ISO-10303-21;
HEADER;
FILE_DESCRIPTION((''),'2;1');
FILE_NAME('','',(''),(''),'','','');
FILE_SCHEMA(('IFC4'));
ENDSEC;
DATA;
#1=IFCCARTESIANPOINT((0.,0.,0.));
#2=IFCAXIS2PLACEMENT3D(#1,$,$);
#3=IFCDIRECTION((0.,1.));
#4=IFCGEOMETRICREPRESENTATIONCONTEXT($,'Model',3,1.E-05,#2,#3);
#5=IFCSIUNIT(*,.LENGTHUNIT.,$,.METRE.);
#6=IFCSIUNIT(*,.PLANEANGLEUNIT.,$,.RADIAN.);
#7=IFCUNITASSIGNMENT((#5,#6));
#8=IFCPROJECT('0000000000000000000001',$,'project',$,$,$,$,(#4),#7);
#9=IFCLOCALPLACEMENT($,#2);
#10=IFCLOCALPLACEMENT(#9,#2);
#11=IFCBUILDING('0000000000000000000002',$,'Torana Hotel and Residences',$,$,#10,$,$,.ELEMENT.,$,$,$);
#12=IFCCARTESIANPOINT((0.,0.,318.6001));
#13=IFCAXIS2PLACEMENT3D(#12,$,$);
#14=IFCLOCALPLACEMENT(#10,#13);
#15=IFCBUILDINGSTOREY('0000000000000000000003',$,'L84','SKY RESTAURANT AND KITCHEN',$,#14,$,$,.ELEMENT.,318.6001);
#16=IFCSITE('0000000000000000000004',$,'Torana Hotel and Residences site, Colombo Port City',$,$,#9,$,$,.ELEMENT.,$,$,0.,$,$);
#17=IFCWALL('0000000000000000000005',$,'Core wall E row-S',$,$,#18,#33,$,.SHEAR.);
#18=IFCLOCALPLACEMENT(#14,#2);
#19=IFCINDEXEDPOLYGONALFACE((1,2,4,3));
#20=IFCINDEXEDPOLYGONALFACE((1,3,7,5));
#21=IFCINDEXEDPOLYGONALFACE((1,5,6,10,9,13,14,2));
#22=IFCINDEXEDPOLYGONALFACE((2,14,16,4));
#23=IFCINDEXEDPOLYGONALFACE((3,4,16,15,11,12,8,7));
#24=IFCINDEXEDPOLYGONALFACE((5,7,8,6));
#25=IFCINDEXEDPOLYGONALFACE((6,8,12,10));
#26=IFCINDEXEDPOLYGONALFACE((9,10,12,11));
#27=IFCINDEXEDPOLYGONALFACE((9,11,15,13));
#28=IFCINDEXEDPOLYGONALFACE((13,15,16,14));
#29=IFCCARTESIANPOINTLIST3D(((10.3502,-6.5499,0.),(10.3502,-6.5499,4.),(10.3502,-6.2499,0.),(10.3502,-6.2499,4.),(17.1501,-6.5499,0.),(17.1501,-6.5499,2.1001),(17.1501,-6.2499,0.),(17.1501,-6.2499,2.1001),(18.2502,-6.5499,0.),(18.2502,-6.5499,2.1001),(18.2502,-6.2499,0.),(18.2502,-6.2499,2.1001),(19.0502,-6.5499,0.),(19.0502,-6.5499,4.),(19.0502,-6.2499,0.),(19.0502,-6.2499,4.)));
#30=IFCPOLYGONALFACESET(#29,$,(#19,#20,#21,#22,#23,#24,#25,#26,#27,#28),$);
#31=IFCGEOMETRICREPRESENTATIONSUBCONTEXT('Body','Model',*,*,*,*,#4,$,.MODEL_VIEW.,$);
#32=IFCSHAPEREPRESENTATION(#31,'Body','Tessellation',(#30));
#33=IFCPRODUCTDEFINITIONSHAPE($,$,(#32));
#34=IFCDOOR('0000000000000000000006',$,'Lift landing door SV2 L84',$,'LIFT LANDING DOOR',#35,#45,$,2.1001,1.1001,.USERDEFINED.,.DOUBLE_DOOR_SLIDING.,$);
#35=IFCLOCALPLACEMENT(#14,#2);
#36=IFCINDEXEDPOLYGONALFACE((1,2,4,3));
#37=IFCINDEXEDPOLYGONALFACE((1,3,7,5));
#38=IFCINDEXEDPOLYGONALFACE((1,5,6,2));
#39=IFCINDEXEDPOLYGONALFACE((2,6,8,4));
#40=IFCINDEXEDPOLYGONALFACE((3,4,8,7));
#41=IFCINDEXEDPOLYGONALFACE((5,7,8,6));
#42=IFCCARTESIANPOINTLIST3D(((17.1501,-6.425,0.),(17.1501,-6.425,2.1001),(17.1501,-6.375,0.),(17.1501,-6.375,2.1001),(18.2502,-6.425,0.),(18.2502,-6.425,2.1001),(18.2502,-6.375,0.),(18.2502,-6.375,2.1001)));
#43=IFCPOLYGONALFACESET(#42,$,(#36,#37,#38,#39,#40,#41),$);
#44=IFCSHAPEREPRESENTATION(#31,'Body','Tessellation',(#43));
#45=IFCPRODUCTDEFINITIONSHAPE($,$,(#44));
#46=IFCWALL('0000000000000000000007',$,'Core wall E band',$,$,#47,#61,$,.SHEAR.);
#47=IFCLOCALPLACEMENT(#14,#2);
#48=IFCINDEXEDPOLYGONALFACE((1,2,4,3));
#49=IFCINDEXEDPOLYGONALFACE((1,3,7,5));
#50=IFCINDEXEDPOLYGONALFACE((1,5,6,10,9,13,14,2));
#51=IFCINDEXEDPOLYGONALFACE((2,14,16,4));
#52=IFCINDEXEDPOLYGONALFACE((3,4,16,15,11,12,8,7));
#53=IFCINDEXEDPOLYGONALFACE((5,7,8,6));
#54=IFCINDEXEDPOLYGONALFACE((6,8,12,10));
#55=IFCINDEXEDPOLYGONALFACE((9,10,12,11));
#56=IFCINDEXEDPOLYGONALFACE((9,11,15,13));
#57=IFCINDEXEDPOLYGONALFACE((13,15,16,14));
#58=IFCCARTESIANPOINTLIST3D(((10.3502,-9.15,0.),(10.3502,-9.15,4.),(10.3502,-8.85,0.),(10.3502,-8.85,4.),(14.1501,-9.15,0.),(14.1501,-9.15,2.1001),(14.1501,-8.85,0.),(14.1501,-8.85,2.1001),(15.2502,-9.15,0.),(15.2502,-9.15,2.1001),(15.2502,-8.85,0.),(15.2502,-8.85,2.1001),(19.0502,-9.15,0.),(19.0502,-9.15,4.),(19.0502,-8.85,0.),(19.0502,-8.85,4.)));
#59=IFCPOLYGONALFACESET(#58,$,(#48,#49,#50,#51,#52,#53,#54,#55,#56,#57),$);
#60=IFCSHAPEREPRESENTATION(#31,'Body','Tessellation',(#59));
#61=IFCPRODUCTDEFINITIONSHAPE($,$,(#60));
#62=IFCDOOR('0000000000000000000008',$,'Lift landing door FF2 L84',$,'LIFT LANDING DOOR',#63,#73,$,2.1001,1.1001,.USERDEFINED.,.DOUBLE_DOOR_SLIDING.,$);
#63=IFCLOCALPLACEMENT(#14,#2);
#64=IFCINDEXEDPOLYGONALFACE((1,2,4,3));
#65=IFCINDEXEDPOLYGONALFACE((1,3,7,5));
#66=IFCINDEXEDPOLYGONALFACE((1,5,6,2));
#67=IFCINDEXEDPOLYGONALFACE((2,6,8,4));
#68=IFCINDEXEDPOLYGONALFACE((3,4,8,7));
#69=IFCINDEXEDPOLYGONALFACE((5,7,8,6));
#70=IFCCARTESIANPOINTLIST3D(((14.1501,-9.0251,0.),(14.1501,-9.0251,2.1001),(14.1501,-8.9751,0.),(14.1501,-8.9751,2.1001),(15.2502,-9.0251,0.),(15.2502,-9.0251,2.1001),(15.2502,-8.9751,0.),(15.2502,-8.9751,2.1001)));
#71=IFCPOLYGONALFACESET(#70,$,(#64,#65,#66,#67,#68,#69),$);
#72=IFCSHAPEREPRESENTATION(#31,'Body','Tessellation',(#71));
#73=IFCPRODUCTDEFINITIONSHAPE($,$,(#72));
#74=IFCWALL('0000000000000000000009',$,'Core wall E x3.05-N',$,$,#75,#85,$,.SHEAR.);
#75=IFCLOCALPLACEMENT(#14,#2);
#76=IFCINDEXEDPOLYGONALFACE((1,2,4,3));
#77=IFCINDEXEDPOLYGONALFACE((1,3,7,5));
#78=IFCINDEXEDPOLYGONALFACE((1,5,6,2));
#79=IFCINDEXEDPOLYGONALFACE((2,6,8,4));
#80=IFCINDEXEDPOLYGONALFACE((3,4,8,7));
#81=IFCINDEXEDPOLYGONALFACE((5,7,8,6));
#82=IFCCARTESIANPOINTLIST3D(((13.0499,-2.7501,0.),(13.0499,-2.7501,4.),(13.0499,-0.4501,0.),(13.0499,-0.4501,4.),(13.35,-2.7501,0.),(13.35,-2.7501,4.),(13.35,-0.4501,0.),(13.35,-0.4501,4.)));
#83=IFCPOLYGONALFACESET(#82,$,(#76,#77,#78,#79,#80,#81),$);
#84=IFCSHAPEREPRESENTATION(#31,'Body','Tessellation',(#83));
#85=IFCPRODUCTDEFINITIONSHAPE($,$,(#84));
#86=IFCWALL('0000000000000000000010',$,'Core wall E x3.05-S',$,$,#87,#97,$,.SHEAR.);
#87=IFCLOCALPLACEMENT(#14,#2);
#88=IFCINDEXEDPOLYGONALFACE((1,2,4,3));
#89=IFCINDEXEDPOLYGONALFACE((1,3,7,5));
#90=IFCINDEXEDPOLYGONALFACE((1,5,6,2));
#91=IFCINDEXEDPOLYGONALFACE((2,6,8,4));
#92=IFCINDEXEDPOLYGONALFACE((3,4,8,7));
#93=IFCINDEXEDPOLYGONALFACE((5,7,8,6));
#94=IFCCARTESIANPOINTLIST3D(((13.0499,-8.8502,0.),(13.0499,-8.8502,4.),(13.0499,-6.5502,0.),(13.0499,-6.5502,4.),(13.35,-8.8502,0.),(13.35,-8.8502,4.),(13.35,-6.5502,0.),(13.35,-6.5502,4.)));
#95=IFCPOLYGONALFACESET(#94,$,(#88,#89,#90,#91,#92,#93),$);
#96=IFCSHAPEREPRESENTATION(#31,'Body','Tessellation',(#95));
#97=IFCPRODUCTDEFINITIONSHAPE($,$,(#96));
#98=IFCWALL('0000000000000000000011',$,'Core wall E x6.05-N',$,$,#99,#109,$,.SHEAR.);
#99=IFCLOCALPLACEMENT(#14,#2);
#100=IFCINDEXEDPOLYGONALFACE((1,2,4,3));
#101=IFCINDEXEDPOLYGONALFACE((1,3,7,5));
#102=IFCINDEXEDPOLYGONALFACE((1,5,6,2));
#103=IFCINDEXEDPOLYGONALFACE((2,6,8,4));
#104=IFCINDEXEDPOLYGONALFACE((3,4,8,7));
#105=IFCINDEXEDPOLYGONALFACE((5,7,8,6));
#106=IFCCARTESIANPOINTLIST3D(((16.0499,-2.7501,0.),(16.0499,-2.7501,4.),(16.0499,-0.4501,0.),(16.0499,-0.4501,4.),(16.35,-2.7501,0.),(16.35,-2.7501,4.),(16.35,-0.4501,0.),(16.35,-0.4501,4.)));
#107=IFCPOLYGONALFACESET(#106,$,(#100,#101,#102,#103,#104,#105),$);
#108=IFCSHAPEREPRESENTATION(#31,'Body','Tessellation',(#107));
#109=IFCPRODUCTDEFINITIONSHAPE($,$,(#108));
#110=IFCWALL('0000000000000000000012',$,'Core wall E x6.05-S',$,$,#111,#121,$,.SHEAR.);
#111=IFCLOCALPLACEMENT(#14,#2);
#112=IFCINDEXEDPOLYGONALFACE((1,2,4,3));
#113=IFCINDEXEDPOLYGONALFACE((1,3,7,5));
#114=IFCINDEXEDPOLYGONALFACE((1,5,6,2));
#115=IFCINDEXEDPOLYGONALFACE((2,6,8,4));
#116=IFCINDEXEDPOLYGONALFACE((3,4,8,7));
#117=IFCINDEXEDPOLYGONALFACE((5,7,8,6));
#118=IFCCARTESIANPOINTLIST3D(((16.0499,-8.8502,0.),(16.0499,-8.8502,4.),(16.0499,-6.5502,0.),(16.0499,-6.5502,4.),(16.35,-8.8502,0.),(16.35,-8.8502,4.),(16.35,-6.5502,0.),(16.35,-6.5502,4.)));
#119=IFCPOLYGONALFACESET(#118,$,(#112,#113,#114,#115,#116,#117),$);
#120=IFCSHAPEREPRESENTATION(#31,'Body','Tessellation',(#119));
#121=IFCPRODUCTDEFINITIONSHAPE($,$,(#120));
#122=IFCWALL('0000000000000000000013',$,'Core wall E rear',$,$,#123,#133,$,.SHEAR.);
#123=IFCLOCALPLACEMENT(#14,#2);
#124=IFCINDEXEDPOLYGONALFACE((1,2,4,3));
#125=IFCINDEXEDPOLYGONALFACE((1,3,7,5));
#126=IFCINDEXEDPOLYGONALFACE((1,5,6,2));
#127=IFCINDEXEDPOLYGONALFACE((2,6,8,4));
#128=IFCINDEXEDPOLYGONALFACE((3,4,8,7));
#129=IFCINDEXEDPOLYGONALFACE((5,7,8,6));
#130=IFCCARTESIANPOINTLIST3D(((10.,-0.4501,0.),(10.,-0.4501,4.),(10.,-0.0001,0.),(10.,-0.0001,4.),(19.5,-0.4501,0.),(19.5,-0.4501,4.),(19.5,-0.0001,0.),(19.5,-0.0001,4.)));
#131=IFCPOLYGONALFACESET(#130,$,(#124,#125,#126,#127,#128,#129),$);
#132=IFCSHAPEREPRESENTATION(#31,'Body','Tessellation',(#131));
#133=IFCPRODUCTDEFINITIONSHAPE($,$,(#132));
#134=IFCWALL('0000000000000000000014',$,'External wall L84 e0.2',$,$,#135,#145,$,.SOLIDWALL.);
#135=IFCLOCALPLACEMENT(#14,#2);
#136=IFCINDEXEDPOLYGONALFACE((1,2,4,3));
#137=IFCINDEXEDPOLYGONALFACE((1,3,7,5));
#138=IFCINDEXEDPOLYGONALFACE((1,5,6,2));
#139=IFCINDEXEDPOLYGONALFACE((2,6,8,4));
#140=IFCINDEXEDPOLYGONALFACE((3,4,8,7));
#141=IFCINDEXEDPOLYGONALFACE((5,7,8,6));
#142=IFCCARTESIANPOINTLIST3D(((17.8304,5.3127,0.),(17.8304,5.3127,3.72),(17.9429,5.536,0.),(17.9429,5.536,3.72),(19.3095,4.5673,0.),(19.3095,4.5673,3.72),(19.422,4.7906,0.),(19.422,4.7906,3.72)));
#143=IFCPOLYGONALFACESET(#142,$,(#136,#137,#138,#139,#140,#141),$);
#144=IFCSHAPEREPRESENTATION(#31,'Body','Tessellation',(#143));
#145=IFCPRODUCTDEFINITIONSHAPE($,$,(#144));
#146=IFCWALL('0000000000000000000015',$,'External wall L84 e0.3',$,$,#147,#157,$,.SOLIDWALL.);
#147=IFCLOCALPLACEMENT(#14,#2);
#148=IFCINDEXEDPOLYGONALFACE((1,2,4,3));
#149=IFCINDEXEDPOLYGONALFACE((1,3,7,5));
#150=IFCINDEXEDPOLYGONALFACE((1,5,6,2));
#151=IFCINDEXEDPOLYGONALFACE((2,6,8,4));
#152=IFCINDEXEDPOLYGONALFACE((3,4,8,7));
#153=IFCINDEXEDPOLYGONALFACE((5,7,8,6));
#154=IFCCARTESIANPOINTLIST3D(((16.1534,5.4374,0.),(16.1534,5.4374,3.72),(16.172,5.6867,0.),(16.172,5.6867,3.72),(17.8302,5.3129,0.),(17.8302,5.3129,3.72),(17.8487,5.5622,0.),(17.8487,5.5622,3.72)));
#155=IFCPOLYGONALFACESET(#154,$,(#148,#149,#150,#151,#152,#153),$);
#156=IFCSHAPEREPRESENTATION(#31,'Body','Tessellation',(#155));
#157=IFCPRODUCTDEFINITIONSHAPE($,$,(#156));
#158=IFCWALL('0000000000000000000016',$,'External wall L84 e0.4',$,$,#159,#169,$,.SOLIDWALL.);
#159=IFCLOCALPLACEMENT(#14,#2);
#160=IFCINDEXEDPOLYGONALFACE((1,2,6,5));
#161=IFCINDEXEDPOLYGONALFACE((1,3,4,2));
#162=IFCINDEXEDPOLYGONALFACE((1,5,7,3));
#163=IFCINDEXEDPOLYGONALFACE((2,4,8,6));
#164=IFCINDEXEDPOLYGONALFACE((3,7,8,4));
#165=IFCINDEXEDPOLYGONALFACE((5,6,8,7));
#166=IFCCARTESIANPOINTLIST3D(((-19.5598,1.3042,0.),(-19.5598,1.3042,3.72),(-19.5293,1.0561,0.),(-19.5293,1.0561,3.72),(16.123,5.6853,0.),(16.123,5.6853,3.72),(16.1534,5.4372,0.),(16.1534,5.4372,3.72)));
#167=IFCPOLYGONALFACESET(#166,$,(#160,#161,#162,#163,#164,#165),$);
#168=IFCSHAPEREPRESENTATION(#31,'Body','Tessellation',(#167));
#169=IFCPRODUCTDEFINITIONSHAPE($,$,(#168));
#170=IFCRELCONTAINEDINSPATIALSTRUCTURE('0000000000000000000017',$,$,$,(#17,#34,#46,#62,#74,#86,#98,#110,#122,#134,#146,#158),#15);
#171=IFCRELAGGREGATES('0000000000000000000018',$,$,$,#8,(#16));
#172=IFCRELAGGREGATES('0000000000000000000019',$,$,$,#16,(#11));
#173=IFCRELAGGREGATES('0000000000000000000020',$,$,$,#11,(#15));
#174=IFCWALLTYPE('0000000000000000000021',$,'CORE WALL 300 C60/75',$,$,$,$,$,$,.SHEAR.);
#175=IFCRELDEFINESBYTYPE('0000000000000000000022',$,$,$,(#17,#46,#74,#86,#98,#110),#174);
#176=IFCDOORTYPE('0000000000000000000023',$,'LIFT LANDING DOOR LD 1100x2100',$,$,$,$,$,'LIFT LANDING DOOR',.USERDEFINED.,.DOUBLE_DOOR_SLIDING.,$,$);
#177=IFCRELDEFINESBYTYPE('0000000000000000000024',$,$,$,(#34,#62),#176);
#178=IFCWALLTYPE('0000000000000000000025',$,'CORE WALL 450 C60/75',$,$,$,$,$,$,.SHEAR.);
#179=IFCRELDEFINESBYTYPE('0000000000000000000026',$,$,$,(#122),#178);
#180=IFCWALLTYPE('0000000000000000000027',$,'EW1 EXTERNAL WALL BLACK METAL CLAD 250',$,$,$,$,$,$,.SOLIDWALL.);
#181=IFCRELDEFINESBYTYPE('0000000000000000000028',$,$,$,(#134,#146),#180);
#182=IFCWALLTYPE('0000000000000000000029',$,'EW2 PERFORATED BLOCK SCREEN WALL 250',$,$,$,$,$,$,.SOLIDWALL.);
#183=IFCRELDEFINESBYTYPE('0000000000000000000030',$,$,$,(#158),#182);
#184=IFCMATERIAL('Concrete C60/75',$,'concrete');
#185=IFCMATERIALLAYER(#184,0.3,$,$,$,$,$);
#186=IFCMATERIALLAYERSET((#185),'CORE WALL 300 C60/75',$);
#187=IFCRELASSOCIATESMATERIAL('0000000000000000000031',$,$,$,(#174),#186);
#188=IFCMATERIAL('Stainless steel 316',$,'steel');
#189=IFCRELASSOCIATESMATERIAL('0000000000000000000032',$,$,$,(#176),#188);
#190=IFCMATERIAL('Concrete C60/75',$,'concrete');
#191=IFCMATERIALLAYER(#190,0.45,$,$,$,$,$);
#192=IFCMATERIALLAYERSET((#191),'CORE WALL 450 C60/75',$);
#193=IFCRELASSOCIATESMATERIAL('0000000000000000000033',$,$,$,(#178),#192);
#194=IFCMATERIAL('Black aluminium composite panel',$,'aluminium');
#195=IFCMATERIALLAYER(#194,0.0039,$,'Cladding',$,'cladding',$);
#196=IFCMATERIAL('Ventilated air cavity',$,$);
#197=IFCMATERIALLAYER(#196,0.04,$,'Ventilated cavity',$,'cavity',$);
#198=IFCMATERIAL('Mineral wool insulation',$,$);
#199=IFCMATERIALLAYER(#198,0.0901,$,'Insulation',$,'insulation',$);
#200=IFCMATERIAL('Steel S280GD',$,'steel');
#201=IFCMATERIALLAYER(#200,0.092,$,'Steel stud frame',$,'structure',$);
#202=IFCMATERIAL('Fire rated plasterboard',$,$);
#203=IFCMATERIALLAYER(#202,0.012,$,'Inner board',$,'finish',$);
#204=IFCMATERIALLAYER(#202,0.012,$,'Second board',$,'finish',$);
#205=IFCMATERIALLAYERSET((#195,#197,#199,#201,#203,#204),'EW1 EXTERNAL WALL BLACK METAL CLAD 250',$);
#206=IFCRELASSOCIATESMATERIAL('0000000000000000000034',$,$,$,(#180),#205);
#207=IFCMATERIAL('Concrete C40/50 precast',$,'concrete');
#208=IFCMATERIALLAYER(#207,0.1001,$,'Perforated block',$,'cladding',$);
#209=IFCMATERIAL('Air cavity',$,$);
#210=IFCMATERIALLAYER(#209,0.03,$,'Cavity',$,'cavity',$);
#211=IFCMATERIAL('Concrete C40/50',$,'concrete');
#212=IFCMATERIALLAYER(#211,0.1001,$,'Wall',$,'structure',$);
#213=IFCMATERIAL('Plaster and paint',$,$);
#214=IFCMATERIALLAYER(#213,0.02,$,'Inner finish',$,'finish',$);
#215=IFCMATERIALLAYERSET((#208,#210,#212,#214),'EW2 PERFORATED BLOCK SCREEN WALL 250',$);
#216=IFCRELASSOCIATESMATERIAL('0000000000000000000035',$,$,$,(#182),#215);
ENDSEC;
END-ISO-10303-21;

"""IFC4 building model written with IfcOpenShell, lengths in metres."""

from ifc_helpers import new_model, si_unit, direction, frame, frame_2d, origin, place, context, subcontext, project, spatial, rectangle, extrude, material, layer, layer_set, type_object, element, fill, save


model = new_model("IFC4")

# Units and contexts
model_context = context("Model", 3, precision=1e-05, world=origin(), true_north=direction((0.0, 1.0)))
body_context = subcontext(model_context, "Body", "Model", "MODEL_VIEW")
ifc_project = project(units=[si_unit("LENGTHUNIT", "METRE"), si_unit("PLANEANGLEUNIT", "RADIAN")], contexts=[model_context])

# Site, building, storey
site_placement = place(None, origin())
site = spatial("IfcSite", under=ifc_project, at=site_placement, Name="Torana Hotel and Residences site, Colombo Port City", CompositionType="ELEMENT", RefElevation=0.0)
building_placement = place(site_placement, origin())
building = spatial("IfcBuilding", under=site, at=building_placement, Name="Torana Hotel and Residences", CompositionType="ELEMENT")
storey_placement = place(building_placement, frame((0.0, 0.0, 318.6001)))
storey = spatial("IfcBuildingStorey", under=building, at=storey_placement, Name="L84", Description="SKY RESTAURANT AND KITCHEN", CompositionType="ELEMENT", Elevation=318.6001)

# Shared definitions
ifc_material_1 = material(Name="Concrete C60/75", Category="concrete")
ifc_layer_1 = layer(ifc_material_1, 0.3)
ifc_layer_set_1 = layer_set([ifc_layer_1], Name="CORE WALL 300 C60/75")
wall_type_1 = type_object("IfcWallType", Name="CORE WALL 300 C60/75", PredefinedType="SHEAR", material=ifc_layer_set_1)
ifc_material_2 = material(Name="Stainless steel 316", Category="steel")
door_type_1 = type_object("IfcDoorType", Name="LIFT LANDING DOOR LD 1100x2100", ElementType="LIFT LANDING DOOR", OperationType="DOUBLE_DOOR_SLIDING", PredefinedType="USERDEFINED", material=ifc_material_2)

# Walls, openings, doors
wall_1_placement = place(storey_placement, frame((10.3501, -6.3999, 0.0), z_axis=(0.0, 0.0, 1.0), x_axis=(1.0, 0.0, 0.0)))
wall_1 = element("IfcWall", 1, at=wall_1_placement, inside=storey, type_object=wall_type_1, Name="Core wall E row-S", PredefinedType="SHEAR", context=body_context, shape_type="SweptSolid", body=[
    extrude(rectangle(XDim=8.7, YDim=0.3, at=frame_2d((4.3501, 0.0))), origin(), (0.0, 0.0, 1.0), 4.0),
])
opening_1_placement = place(wall_1_placement, frame((6.8, 0.0, 0.0)))
opening_1 = element("IfcOpeningElement", 2, at=opening_1_placement, cuts=wall_1, PredefinedType="OPENING", context=body_context, shape_type="SweptSolid", body=[
    extrude(rectangle(XDim=1.1001, YDim=2.1001, at=frame_2d((0.55, 1.05))), frame((0.0, 0.1599, 0.0), z_axis=(0.0, -1.0, 0.0), x_axis=(1.0, 0.0, 0.0)), (0.0, 0.0, 1.0), 0.3201),
])
door_1_placement = place(opening_1_placement, origin())
door_1 = element("IfcDoor", 3, at=door_1_placement, inside=storey, type_object=door_type_1, Name="Lift landing door SV2 L84", ObjectType="LIFT LANDING DOOR", OperationType="DOUBLE_DOOR_SLIDING", OverallHeight=2.1001, OverallWidth=1.1001, PredefinedType="USERDEFINED", context=body_context, shape_type="SweptSolid", body=[
    extrude(rectangle(XDim=1.1001, YDim=2.1001, at=frame_2d((0.55, 1.05))), frame((0.0, 0.0249, 0.0), z_axis=(0.0, -1.0, 0.0), x_axis=(1.0, 0.0, 0.0)), (0.0, 0.0, 1.0), 0.05),
])
fill(opening_1, door_1)
wall_2_placement = place(storey_placement, frame((10.3501, -9.0, 0.0), z_axis=(0.0, 0.0, 1.0), x_axis=(1.0, 0.0, 0.0)))
wall_2 = element("IfcWall", 4, at=wall_2_placement, inside=storey, type_object=wall_type_1, Name="Core wall E band", PredefinedType="SHEAR", context=body_context, shape_type="SweptSolid", body=[
    extrude(rectangle(XDim=8.7, YDim=0.3, at=frame_2d((4.3501, 0.0))), origin(), (0.0, 0.0, 1.0), 4.0),
])
opening_2_placement = place(wall_2_placement, frame((3.8, 0.0, 0.0)))
opening_2 = element("IfcOpeningElement", 5, at=opening_2_placement, cuts=wall_2, PredefinedType="OPENING", context=body_context, shape_type="SweptSolid", body=[
    extrude(rectangle(XDim=1.1001, YDim=2.1001, at=frame_2d((0.55, 1.05))), frame((0.0, 0.1599, 0.0), z_axis=(0.0, -1.0, 0.0), x_axis=(1.0, 0.0, 0.0)), (0.0, 0.0, 1.0), 0.3201),
])
door_2_placement = place(opening_2_placement, origin())
door_2 = element("IfcDoor", 6, at=door_2_placement, inside=storey, type_object=door_type_1, Name="Lift landing door FF2 L84", ObjectType="LIFT LANDING DOOR", OperationType="DOUBLE_DOOR_SLIDING", OverallHeight=2.1001, OverallWidth=1.1001, PredefinedType="USERDEFINED", context=body_context, shape_type="SweptSolid", body=[
    extrude(rectangle(XDim=1.1001, YDim=2.1001, at=frame_2d((0.55, 1.05))), frame((0.0, 0.0249, 0.0), z_axis=(0.0, -1.0, 0.0), x_axis=(1.0, 0.0, 0.0)), (0.0, 0.0, 1.0), 0.05),
])
fill(opening_2, door_2)

# Walls
for number, where, z_axis, x_axis, name in (
    (7, (13.2, -2.75, 0.0), (0.0, 0.0, 1.0), (0.0, 1.0, 0.0), "Core wall E x3.05-N"),
    (8, (13.2, -8.8501, 0.0), (0.0, 0.0, 1.0), (0.0, 1.0, 0.0), "Core wall E x3.05-S"),
    (9, (16.2, -2.75, 0.0), (0.0, 0.0, 1.0), (0.0, 1.0, 0.0), "Core wall E x6.05-N"),
    (10, (16.2, -8.8501, 0.0), (0.0, 0.0, 1.0), (0.0, 1.0, 0.0), "Core wall E x6.05-S"),
):
    element("IfcWall", number, at=place(storey_placement, frame(where, z_axis=z_axis, x_axis=x_axis)), inside=storey, type_object=wall_type_1, Name=name, PredefinedType="SHEAR", context=body_context, shape_type="SweptSolid", body=[
        extrude(rectangle(XDim=2.3, YDim=0.3, at=frame_2d((1.1499, 0.0))), origin(), (0.0, 0.0, 1.0), 4.0),
    ])
ifc_material_3 = material(Name="Concrete C60/75", Category="concrete")
ifc_layer_2 = layer(ifc_material_3, 0.45)
ifc_layer_set_2 = layer_set([ifc_layer_2], Name="CORE WALL 450 C60/75")
wall_type_2 = type_object("IfcWallType", Name="CORE WALL 450 C60/75", PredefinedType="SHEAR", material=ifc_layer_set_2)
wall_3_placement = place(storey_placement, frame((10.0, -0.2251, 0.0), z_axis=(0.0, 0.0, 1.0), x_axis=(1.0, 0.0, 0.0)))
element("IfcWall", 11, at=wall_3_placement, inside=storey, type_object=wall_type_2, Name="Core wall E rear", PredefinedType="SHEAR", context=body_context, shape_type="SweptSolid", body=[
    extrude(rectangle(XDim=9.5, YDim=0.45, at=frame_2d((4.75, 0.0))), origin(), (0.0, 0.0, 1.0), 4.0),
])
ifc_material_4 = material(Name="Black aluminium composite panel", Category="aluminium")
ifc_layer_3 = layer(ifc_material_4, 0.0039, Name="Cladding", Category="cladding")
ifc_material_5 = material(Name="Ventilated air cavity")
ifc_layer_4 = layer(ifc_material_5, 0.04, Name="Ventilated cavity", Category="cavity")
ifc_material_6 = material(Name="Mineral wool insulation")
ifc_layer_5 = layer(ifc_material_6, 0.0901, Name="Insulation", Category="insulation")
ifc_material_7 = material(Name="Steel S280GD", Category="steel")
ifc_layer_6 = layer(ifc_material_7, 0.092, Name="Steel stud frame", Category="structure")
ifc_material_8 = material(Name="Fire rated plasterboard")
ifc_layer_7 = layer(ifc_material_8, 0.012, Name="Inner board", Category="finish")
ifc_layer_8 = layer(ifc_material_8, 0.012, Name="Second board", Category="finish")
ifc_layer_set_3 = layer_set([ifc_layer_3, ifc_layer_4, ifc_layer_5, ifc_layer_6, ifc_layer_7, ifc_layer_8], Name="EW1 EXTERNAL WALL BLACK METAL CLAD 250")
wall_type_3 = type_object("IfcWallType", Name="EW1 EXTERNAL WALL BLACK METAL CLAD 250", PredefinedType="SOLIDWALL", material=ifc_layer_set_3)
wall_4_placement = place(storey_placement, frame((19.3657, 4.679, 0.0), z_axis=(0.0, 0.0, 1.0), x_axis=(-0.893008, 0.450042, 0.0)))
element("IfcWall", 12, at=wall_4_placement, inside=storey, type_object=wall_type_3, Name="External wall L84 e0.2", PredefinedType="SOLIDWALL", context=body_context, shape_type="SweptSolid", body=[
    extrude(rectangle(XDim=1.6562, YDim=0.25, at=frame_2d((0.8281, 0.0))), origin(), (0.0, 0.0, 1.0), 3.72),
])
wall_5_placement = place(storey_placement, frame((17.8396, 5.4375, 0.0), z_axis=(0.0, 0.0, 1.0), x_axis=(-0.997254, 0.074054, 0.0)))
element("IfcWall", 13, at=wall_5_placement, inside=storey, type_object=wall_type_3, Name="External wall L84 e0.3", PredefinedType="SOLIDWALL", context=body_context, shape_type="SweptSolid", body=[
    extrude(rectangle(XDim=1.6814, YDim=0.25, at=frame_2d((0.8408, 0.0))), origin(), (0.0, 0.0, 1.0), 3.72),
])
ifc_material_9 = material(Name="Concrete C40/50 precast", Category="concrete")
ifc_layer_9 = layer(ifc_material_9, 0.1001, Name="Perforated block", Category="cladding")
ifc_material_10 = material(Name="Air cavity")
ifc_layer_10 = layer(ifc_material_10, 0.03, Name="Cavity", Category="cavity")
ifc_material_11 = material(Name="Concrete C40/50", Category="concrete")
ifc_layer_11 = layer(ifc_material_11, 0.1001, Name="Wall", Category="structure")
ifc_material_12 = material(Name="Plaster and paint")
ifc_layer_12 = layer(ifc_material_12, 0.02, Name="Inner finish", Category="finish")
ifc_layer_set_4 = layer_set([ifc_layer_9, ifc_layer_10, ifc_layer_11, ifc_layer_12], Name="EW2 PERFORATED BLOCK SCREEN WALL 250")
wall_type_4 = type_object("IfcWallType", Name="EW2 PERFORATED BLOCK SCREEN WALL 250", PredefinedType="SOLIDWALL", material=ifc_layer_set_4)
wall_6_placement = place(storey_placement, frame((16.1382, 5.5613, 0.0), z_axis=(0.0, 0.0, 1.0), x_axis=(-0.992547, -0.121865, 0.0)))
element("IfcWall", 14, at=wall_6_placement, inside=storey, type_object=wall_type_4, Name="External wall L84 e0.4", PredefinedType="SOLIDWALL", context=body_context, shape_type="SweptSolid", body=[
    extrude(rectangle(XDim=35.9507, YDim=0.25, at=frame_2d((17.9753, 0.0))), origin(), (0.0, 0.0, 1.0), 3.72),
])

save(model, "model.ifc")
